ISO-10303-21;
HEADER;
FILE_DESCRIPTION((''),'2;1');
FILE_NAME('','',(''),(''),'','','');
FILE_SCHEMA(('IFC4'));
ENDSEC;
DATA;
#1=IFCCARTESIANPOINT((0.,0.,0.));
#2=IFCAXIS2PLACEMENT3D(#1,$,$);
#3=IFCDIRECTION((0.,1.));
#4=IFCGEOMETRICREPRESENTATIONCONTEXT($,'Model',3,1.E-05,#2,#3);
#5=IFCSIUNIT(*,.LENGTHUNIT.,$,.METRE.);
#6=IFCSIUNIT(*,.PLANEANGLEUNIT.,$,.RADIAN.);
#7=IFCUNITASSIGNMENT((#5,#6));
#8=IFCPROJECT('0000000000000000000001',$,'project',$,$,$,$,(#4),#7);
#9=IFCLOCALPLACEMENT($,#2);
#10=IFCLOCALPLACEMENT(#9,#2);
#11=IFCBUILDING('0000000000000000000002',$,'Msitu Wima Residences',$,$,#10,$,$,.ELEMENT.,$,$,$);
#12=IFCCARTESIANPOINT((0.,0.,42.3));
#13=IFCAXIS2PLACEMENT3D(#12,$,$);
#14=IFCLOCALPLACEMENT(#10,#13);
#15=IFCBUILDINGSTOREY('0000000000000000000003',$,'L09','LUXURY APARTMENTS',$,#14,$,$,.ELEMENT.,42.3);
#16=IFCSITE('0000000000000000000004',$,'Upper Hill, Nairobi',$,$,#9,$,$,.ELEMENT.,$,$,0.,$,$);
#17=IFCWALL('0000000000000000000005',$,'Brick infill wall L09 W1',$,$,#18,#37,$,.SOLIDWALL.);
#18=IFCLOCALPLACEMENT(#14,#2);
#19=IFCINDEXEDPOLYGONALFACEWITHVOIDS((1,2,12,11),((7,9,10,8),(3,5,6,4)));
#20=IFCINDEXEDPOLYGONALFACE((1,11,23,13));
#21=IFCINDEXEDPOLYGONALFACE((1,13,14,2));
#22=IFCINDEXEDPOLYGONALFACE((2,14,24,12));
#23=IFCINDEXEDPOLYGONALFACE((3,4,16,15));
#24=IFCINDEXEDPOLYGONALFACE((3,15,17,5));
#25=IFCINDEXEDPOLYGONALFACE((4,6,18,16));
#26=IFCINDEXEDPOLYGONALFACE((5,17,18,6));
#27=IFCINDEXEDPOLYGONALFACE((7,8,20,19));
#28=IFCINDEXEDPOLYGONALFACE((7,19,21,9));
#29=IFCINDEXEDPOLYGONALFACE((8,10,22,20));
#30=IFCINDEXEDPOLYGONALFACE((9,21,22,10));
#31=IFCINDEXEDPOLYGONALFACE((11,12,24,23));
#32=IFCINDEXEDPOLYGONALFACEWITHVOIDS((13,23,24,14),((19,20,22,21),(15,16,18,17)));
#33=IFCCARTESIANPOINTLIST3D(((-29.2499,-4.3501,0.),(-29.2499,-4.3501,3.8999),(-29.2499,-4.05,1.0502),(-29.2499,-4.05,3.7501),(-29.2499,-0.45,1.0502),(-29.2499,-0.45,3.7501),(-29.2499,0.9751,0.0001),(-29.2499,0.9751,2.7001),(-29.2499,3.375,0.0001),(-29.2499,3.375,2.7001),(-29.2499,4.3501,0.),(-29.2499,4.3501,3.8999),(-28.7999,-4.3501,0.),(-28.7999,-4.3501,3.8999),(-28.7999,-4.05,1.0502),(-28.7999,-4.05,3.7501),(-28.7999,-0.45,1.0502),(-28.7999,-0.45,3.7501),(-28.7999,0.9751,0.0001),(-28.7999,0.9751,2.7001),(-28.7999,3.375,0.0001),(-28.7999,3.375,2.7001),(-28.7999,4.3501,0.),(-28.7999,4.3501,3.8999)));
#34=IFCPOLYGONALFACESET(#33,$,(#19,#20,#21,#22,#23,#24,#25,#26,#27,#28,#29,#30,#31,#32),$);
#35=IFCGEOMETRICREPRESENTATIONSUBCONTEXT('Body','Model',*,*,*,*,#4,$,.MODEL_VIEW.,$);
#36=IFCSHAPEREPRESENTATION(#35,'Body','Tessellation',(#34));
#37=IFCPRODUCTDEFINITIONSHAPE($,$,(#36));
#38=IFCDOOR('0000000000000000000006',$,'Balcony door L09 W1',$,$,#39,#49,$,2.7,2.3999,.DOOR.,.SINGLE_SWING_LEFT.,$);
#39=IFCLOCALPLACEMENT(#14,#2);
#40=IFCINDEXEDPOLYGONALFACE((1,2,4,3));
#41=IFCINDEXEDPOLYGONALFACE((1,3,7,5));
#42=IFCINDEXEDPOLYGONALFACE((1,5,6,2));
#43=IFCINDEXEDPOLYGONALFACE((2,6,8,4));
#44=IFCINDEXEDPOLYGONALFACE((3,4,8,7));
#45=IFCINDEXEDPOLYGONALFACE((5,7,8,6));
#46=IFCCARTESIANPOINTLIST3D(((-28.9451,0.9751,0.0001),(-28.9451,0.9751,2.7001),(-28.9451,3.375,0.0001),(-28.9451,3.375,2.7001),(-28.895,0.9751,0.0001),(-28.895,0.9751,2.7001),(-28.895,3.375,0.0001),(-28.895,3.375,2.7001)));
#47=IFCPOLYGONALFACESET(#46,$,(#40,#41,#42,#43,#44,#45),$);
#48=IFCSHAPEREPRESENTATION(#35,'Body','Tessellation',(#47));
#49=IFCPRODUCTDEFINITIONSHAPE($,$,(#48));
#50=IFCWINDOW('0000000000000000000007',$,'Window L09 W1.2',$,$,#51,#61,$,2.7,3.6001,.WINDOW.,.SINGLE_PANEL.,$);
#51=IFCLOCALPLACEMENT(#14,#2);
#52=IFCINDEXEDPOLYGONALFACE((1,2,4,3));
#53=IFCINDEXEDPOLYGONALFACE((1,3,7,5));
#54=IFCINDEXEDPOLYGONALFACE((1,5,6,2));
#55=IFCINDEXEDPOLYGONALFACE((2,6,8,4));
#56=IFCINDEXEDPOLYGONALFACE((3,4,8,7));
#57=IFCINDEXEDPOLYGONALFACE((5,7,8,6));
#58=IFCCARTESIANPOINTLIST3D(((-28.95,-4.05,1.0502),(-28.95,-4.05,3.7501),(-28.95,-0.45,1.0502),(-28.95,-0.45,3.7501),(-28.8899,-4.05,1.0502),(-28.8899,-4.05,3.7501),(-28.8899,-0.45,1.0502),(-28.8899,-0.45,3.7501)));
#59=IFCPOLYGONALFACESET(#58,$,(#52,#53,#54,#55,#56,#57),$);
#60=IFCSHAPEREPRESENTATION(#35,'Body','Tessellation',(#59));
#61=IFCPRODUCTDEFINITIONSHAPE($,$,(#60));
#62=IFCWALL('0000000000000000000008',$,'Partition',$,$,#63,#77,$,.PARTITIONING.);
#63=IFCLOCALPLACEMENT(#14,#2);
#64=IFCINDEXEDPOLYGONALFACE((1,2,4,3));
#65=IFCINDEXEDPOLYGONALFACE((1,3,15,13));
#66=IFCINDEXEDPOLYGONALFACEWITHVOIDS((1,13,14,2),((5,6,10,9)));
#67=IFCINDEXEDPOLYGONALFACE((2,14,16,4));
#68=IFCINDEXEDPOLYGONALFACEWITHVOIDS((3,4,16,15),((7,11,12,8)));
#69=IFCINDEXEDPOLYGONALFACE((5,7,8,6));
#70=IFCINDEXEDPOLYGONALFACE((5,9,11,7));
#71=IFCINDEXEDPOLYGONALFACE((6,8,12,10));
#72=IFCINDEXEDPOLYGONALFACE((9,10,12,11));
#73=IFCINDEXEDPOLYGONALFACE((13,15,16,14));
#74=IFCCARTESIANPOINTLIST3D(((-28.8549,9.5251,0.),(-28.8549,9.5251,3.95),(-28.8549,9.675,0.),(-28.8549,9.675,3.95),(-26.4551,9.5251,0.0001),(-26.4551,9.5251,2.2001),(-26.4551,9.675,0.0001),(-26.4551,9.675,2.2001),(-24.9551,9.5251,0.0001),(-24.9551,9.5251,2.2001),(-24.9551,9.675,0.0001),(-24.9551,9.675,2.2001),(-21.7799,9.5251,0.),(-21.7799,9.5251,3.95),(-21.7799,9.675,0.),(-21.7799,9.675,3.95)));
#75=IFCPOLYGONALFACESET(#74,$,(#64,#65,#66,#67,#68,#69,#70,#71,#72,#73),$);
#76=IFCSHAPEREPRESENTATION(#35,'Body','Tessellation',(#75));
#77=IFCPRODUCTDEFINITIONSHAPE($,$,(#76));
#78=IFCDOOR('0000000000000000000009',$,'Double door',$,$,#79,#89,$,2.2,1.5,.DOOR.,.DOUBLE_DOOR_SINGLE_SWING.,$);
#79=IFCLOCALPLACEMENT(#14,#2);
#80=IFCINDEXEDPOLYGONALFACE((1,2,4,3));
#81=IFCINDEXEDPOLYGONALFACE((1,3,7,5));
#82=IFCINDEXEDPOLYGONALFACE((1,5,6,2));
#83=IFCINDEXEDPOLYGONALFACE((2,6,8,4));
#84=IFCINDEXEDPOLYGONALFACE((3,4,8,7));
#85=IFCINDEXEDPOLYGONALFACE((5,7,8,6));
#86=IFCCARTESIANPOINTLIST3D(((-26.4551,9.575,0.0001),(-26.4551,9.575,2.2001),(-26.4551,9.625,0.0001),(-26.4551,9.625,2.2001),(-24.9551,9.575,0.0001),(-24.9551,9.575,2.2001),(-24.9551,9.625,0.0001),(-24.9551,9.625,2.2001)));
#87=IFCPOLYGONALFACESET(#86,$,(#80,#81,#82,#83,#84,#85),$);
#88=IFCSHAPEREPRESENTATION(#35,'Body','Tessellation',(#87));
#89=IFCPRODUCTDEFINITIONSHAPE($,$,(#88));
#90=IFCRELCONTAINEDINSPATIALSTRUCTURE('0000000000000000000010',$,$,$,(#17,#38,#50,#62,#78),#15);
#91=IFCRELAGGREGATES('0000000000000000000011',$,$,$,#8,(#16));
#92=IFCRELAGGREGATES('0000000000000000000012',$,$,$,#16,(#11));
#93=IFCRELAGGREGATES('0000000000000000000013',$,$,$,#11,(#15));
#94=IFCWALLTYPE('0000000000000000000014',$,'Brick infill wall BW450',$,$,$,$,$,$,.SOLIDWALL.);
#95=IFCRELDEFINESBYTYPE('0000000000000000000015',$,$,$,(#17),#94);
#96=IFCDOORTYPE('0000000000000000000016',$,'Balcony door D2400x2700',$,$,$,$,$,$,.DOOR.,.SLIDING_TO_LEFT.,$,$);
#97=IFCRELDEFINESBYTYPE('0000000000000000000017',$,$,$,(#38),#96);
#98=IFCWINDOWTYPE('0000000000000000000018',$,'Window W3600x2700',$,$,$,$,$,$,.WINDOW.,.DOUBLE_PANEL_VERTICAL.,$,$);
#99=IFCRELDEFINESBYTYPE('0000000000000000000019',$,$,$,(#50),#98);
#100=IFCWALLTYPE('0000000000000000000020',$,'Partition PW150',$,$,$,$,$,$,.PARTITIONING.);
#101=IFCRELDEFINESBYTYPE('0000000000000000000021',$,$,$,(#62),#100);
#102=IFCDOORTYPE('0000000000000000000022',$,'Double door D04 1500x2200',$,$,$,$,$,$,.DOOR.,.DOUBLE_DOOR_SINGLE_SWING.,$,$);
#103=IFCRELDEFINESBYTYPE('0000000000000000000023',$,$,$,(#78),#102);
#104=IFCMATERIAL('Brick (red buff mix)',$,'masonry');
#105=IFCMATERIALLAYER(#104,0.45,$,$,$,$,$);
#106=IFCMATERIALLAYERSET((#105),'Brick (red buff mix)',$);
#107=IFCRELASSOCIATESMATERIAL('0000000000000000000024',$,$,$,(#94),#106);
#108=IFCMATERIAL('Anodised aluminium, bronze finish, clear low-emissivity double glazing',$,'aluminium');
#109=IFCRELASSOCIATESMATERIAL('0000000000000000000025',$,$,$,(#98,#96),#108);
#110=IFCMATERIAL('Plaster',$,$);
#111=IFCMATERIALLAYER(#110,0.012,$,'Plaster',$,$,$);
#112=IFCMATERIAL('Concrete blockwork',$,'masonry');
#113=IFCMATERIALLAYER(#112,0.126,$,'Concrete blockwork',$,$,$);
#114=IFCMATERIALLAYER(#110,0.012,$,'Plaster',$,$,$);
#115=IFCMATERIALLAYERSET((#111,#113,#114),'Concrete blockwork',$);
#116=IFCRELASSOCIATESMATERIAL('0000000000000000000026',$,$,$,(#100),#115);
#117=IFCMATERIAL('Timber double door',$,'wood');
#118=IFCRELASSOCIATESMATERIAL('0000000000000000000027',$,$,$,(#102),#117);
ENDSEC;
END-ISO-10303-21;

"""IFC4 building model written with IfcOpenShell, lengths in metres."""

from ifc_helpers import new_model, si_unit, direction, frame, frame_2d, origin, place, context, subcontext, project, spatial, rectangle, extrude, material, layer, layer_set, type_object, element, fill, save


model = new_model("IFC4")

# Units and contexts
model_context = context("Model", 3, precision=1e-05, world=origin(), true_north=direction((0.0, 1.0)))
body_context = subcontext(model_context, "Body", "Model", "MODEL_VIEW")
ifc_project = project(units=[si_unit("LENGTHUNIT", "METRE"), si_unit("PLANEANGLEUNIT", "RADIAN")], contexts=[model_context])

# Site, building, storey
site_placement = place(None, origin())
site = spatial("IfcSite", under=ifc_project, at=site_placement, Name="Upper Hill, Nairobi", CompositionType="ELEMENT", RefElevation=0.0)
building_placement = place(site_placement, origin())
building = spatial("IfcBuilding", under=site, at=building_placement, Name="Msitu Wima Residences", CompositionType="ELEMENT")
storey_placement = place(building_placement, frame((0.0, 0.0, 42.3)))
storey = spatial("IfcBuildingStorey", under=building, at=storey_placement, Name="L09", Description="LUXURY APARTMENTS", CompositionType="ELEMENT", Elevation=42.3)

# Shared definitions
ifc_material_1 = material(Name="Brick (red buff mix)", Category="masonry")
ifc_layer_1 = layer(ifc_material_1, 0.45)
ifc_layer_set_1 = layer_set([ifc_layer_1], Name="Brick (red buff mix)")
wall_type_1 = type_object("IfcWallType", Name="Brick infill wall BW450", PredefinedType="SOLIDWALL", material=ifc_layer_set_1)
ifc_material_2 = material(Name="Anodised aluminium, bronze finish, clear low-emissivity double glazing", Category="aluminium")
window_type = type_object("IfcWindowType", Name="Window W3600x2700", PartitioningType="DOUBLE_PANEL_VERTICAL", PredefinedType="WINDOW", material=ifc_material_2)

# Wall, openings, door, window
wall_1_placement = place(storey_placement, frame((-29.0249, 4.3501, 0.0), z_axis=(0.0, 0.0, 1.0), x_axis=(0.0, -1.0, 0.0)))
wall_1 = element("IfcWall", 1, at=wall_1_placement, inside=storey, type_object=wall_type_1, Name="Brick infill wall L09 W1", PredefinedType="SOLIDWALL", context=body_context, shape_type="SweptSolid", body=[
    extrude(rectangle(XDim=8.7002, YDim=0.45, at=frame_2d((4.3501, 0.0))), origin(), (0.0, 0.0, 1.0), 3.8999),
])
opening_1_placement = place(wall_1_placement, frame((0.9751, 0.0, 0.0)))
opening_1 = element("IfcOpeningElement", 2, at=opening_1_placement, cuts=wall_1, PredefinedType="OPENING", context=body_context, shape_type="SweptSolid", body=[
    extrude(rectangle(XDim=2.3999, YDim=2.7, at=frame_2d((1.2, 1.3501))), frame((0.0, 0.2349, 0.0), z_axis=(0.0, -1.0, 0.0), x_axis=(1.0, 0.0, 0.0)), (0.0, 0.0, 1.0), 0.47),
])
opening_2_placement = place(wall_1_placement, frame((4.8, 0.0, 1.05)))
opening_2 = element("IfcOpeningElement", 3, at=opening_2_placement, cuts=wall_1, PredefinedType="OPENING", context=body_context, shape_type="SweptSolid", body=[
    extrude(rectangle(XDim=3.6001, YDim=2.7, at=frame_2d((1.8, 1.3501))), frame((0.0, 0.2349, 0.0), z_axis=(0.0, -1.0, 0.0), x_axis=(1.0, 0.0, 0.0)), (0.0, 0.0, 1.0), 0.47),
])
door_type_1 = type_object("IfcDoorType", Name="Balcony door D2400x2700", OperationType="SLIDING_TO_LEFT", PredefinedType="DOOR", material=ifc_material_2)
door_1_placement = place(opening_1_placement, origin())
door_1 = element("IfcDoor", 4, at=door_1_placement, inside=storey, type_object=door_type_1, Name="Balcony door L09 W1", OperationType="SINGLE_SWING_LEFT", OverallHeight=2.7, OverallWidth=2.3999, PredefinedType="DOOR", context=body_context, shape_type="SweptSolid", body=[
    extrude(rectangle(XDim=2.3999, YDim=2.7, at=frame_2d((1.2, 1.3501))), frame((0.0, 0.1299, 0.0), z_axis=(0.0, -1.0, 0.0), x_axis=(1.0, 0.0, 0.0)), (0.0, 0.0, 1.0), 0.05),
])
fill(opening_1, door_1)
window_1_placement = place(opening_2_placement, origin())
window_1 = element("IfcWindow", 5, at=window_1_placement, inside=storey, type_object=window_type, Name="Window L09 W1.2", OverallHeight=2.7, OverallWidth=3.6001, PartitioningType="SINGLE_PANEL", PredefinedType="WINDOW", context=body_context, shape_type="SweptSolid", body=[
    extrude(rectangle(XDim=3.6001, YDim=2.7, at=frame_2d((1.8, 1.3501))), frame((0.0, 0.135, 0.0), z_axis=(0.0, -1.0, 0.0), x_axis=(1.0, 0.0, 0.0)), (0.0, 0.0, 1.0), 0.0601),
])
fill(opening_2, window_1)

# Wall, opening, door
ifc_material_3 = material(Name="Plaster")
ifc_layer_2 = layer(ifc_material_3, 0.012, Name="Plaster")
ifc_material_4 = material(Name="Concrete blockwork", Category="masonry")
ifc_layer_3 = layer(ifc_material_4, 0.126, Name="Concrete blockwork")
ifc_layer_4 = layer(ifc_material_3, 0.012, Name="Plaster")
ifc_layer_set_2 = layer_set([ifc_layer_2, ifc_layer_3, ifc_layer_4], Name="Concrete blockwork")
wall_type_2 = type_object("IfcWallType", Name="Partition PW150", PredefinedType="PARTITIONING", material=ifc_layer_set_2)
wall_2_placement = place(storey_placement, frame((-28.855, 9.6001, 0.0), z_axis=(0.0, 0.0, 1.0), x_axis=(1.0, 0.0, 0.0)))
wall_2 = element("IfcWall", 6, at=wall_2_placement, inside=storey, type_object=wall_type_2, Name="Partition", PredefinedType="PARTITIONING", context=body_context, shape_type="SweptSolid", body=[
    extrude(rectangle(XDim=7.075, YDim=0.1499, at=frame_2d((3.5376, 0.0))), origin(), (0.0, 0.0, 1.0), 3.95),
])
opening_3_placement = place(wall_2_placement, frame((2.3999, 0.0, 0.0)))
opening_3 = element("IfcOpeningElement", 7, at=opening_3_placement, cuts=wall_2, PredefinedType="OPENING", context=body_context, shape_type="SweptSolid", body=[
    extrude(rectangle(XDim=1.5, YDim=2.2, at=frame_2d((0.75, 1.1001))), frame((0.0, 0.085, 0.0), z_axis=(0.0, -1.0, 0.0), x_axis=(1.0, 0.0, 0.0)), (0.0, 0.0, 1.0), 0.1699),
])
ifc_material_5 = material(Name="Timber double door", Category="wood")
door_type_2 = type_object("IfcDoorType", Name="Double door D04 1500x2200", OperationType="DOUBLE_DOOR_SINGLE_SWING", PredefinedType="DOOR", material=ifc_material_5)
door_2_placement = place(opening_3_placement, origin())
door_2 = element("IfcDoor", 8, at=door_2_placement, inside=storey, type_object=door_type_2, Name="Double door", OperationType="DOUBLE_DOOR_SINGLE_SWING", OverallHeight=2.2, OverallWidth=1.5, PredefinedType="DOOR", context=body_context, shape_type="SweptSolid", body=[
    extrude(rectangle(XDim=1.5, YDim=2.2, at=frame_2d((0.75, 1.1001))), frame((0.0, 0.0249, 0.0), z_axis=(0.0, -1.0, 0.0), x_axis=(1.0, 0.0, 0.0)), (0.0, 0.0, 1.0), 0.05),
])
fill(opening_3, door_2)

save(model, "model.ifc")
